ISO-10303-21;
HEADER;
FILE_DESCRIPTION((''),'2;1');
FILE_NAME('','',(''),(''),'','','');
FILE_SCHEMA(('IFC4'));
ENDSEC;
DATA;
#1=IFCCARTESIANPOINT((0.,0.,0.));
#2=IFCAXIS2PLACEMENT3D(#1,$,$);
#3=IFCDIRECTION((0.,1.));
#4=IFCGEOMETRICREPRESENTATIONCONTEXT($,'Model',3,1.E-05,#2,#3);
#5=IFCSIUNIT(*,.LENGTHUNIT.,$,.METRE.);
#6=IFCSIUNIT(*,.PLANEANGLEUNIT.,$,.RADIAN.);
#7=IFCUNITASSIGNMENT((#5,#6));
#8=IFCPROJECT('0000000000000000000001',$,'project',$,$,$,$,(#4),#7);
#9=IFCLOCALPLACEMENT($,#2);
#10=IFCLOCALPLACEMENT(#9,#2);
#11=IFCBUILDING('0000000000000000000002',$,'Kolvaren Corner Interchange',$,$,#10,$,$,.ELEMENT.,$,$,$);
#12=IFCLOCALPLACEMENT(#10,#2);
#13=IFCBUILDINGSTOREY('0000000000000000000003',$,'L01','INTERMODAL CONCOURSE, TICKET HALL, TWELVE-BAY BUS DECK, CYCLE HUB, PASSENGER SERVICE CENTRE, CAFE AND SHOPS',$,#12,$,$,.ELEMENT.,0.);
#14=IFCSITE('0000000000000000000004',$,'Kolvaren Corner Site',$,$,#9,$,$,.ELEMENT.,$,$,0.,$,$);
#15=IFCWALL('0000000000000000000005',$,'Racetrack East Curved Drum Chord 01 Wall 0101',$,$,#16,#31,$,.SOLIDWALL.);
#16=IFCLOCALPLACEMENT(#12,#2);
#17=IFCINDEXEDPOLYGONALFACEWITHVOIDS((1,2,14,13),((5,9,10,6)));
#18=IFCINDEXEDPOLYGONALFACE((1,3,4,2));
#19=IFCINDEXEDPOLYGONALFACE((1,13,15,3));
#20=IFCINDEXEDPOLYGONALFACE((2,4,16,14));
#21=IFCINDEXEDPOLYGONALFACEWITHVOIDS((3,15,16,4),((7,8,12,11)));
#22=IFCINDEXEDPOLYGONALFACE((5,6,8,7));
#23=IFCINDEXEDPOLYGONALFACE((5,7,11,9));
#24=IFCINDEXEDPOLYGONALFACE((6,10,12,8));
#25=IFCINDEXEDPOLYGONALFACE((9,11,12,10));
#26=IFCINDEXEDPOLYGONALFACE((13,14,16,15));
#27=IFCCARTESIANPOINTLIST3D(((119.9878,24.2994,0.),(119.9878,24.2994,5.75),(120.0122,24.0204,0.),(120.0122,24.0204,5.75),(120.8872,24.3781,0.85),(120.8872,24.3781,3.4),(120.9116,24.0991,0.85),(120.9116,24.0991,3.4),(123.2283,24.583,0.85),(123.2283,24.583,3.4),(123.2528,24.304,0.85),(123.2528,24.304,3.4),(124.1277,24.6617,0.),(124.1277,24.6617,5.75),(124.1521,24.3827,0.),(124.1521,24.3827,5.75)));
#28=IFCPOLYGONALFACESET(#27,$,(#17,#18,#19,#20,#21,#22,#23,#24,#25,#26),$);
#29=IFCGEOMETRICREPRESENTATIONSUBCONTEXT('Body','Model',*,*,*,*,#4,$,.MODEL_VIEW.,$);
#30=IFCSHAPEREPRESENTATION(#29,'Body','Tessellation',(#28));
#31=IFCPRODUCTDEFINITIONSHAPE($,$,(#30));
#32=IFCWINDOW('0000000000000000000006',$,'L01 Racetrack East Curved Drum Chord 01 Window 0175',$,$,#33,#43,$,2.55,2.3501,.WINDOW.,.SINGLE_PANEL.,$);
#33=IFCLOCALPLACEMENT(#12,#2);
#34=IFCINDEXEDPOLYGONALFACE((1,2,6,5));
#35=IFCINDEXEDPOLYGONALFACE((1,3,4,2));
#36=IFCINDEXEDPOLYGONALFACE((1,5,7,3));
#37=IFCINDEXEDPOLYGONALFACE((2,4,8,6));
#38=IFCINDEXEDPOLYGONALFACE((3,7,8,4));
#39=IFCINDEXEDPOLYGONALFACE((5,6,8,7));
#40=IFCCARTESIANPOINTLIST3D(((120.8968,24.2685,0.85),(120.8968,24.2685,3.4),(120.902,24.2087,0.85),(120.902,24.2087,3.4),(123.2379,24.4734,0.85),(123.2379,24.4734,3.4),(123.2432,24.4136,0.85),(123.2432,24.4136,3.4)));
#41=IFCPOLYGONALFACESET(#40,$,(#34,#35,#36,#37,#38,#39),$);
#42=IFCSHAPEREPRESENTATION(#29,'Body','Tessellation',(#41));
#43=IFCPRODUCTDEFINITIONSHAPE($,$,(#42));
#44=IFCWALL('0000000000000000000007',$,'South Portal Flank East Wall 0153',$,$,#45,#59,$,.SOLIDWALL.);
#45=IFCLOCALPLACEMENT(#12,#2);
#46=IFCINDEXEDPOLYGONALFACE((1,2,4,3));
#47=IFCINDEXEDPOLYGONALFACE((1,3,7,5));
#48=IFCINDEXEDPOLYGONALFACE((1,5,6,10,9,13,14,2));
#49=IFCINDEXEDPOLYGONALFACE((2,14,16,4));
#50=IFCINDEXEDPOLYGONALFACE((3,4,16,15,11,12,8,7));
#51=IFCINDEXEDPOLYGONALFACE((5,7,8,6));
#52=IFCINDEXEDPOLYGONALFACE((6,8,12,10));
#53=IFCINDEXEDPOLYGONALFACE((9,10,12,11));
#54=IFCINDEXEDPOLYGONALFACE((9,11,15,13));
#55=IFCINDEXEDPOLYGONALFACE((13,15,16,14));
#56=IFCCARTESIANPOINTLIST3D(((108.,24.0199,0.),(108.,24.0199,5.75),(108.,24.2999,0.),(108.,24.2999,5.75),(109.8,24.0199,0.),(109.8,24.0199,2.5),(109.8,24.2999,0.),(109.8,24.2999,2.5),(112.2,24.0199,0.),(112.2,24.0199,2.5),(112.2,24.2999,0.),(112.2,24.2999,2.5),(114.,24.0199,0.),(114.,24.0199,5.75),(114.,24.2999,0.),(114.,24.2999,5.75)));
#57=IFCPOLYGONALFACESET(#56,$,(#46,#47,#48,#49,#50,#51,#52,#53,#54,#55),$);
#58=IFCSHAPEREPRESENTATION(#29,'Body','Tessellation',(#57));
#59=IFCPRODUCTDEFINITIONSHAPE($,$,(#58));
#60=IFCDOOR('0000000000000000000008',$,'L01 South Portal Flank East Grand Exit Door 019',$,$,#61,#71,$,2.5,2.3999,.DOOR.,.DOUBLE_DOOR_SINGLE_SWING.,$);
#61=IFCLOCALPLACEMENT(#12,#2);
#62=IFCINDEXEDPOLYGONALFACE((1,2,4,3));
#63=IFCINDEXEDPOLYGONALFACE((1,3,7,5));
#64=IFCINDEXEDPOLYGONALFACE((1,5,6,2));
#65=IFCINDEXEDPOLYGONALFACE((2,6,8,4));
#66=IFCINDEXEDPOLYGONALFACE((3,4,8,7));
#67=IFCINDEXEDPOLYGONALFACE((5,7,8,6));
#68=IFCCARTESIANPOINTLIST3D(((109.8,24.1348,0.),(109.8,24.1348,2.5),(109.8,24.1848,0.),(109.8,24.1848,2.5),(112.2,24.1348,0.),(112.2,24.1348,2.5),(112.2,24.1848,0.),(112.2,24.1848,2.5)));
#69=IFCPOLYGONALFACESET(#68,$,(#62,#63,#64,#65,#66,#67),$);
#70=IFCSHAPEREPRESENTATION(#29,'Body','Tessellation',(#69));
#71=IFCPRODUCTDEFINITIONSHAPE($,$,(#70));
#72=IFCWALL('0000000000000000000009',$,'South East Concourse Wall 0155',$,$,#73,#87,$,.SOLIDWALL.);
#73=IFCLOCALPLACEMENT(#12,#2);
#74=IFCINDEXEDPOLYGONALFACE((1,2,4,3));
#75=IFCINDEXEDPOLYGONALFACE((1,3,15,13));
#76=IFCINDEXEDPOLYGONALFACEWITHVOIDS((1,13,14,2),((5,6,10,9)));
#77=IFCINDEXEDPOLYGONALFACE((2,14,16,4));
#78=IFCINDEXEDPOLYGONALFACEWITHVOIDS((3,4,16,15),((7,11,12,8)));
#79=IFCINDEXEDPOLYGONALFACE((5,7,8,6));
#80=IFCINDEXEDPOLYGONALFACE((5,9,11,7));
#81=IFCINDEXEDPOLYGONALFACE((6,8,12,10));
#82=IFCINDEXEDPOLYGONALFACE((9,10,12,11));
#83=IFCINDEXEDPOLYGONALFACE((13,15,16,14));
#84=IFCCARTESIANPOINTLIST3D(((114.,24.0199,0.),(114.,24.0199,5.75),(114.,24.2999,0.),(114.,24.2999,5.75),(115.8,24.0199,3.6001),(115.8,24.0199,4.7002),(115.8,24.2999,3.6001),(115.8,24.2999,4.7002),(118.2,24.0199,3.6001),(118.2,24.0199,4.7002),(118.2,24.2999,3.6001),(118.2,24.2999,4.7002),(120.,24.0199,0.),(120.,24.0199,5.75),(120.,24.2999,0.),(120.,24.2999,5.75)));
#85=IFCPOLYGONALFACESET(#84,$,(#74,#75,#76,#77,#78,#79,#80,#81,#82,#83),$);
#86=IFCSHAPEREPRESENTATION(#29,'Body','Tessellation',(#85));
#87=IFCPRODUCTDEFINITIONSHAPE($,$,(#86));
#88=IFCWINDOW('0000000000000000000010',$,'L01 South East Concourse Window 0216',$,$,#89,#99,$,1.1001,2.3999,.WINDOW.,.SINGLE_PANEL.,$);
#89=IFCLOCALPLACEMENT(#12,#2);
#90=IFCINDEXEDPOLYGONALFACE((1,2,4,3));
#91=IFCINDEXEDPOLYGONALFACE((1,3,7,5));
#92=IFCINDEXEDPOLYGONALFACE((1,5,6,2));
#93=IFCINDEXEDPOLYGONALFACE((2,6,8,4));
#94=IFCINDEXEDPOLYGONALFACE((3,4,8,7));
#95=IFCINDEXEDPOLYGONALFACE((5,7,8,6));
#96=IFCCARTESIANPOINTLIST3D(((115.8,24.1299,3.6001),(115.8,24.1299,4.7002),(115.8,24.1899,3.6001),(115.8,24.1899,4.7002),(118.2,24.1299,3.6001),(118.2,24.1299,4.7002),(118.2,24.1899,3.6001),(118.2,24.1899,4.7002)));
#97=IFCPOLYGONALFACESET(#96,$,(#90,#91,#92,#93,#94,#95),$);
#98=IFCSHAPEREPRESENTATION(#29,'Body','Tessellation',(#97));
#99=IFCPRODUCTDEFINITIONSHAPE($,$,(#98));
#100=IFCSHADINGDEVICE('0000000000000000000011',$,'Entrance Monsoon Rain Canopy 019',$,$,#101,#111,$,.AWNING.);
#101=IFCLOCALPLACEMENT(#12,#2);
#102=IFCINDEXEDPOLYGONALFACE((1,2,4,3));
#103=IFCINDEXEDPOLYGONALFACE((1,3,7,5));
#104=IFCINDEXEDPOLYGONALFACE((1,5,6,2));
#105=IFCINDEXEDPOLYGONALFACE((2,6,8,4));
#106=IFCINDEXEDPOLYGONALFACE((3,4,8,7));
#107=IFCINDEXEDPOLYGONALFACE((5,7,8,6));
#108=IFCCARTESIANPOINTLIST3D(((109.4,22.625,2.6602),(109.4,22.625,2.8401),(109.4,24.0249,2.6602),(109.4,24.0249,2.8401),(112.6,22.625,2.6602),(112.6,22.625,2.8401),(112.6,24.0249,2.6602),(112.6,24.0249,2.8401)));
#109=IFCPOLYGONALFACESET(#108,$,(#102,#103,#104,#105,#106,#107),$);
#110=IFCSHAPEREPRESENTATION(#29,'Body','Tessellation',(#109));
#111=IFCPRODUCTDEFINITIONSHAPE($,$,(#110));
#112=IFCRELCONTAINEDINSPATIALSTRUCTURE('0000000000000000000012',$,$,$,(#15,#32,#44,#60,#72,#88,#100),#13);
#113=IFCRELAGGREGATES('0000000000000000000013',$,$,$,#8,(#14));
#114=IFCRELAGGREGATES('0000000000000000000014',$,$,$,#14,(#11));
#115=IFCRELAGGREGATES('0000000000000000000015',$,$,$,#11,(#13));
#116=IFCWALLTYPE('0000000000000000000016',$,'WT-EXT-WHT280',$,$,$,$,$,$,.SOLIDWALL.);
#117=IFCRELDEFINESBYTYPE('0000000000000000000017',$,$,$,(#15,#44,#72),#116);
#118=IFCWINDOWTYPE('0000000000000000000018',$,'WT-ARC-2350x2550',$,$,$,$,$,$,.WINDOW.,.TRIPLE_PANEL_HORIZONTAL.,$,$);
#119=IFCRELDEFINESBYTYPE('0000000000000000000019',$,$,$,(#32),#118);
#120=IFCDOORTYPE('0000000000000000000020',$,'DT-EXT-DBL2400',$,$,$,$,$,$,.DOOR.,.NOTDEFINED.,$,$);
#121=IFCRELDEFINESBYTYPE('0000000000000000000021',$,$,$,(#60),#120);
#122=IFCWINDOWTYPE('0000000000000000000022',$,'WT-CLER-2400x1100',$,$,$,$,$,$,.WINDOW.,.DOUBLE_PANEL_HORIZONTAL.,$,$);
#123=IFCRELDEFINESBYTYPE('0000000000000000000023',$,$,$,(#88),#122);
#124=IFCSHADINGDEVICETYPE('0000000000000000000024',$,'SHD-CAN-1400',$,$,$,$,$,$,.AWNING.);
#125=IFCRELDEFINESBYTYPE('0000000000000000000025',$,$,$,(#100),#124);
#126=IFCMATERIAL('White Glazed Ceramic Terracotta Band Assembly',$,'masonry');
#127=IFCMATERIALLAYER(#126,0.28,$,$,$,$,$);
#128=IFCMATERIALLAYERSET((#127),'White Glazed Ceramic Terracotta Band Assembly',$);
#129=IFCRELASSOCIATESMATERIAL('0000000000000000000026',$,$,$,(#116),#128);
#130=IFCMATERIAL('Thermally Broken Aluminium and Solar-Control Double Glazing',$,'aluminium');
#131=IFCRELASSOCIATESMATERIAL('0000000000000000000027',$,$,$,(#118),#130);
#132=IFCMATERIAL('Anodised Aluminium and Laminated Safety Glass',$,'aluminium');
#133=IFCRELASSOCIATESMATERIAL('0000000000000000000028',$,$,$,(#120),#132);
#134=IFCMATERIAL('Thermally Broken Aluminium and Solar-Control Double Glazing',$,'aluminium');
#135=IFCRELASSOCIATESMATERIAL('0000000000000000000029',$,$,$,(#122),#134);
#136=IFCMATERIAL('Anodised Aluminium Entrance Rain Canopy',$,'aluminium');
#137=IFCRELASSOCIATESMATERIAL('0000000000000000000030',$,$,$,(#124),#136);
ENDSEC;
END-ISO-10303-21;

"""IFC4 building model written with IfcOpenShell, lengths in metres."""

from ifc_helpers import new_model, si_unit, direction, frame, frame_2d, origin, origin_2d, place, context, subcontext, project, spatial, rectangle, extrude, material, layer, layer_set, type_object, element, fill, save


model = new_model("IFC4")

# Units and contexts
model_context = context("Model", 3, precision=1e-05, world=origin(), true_north=direction((0.0, 1.0)))
body_context = subcontext(model_context, "Body", "Model", "MODEL_VIEW")
ifc_project = project(units=[si_unit("LENGTHUNIT", "METRE"), si_unit("PLANEANGLEUNIT", "RADIAN")], contexts=[model_context])

# Site, building, storey
site_placement = place(None, origin())
site = spatial("IfcSite", under=ifc_project, at=site_placement, Name="Kolvaren Corner Site", CompositionType="ELEMENT", RefElevation=0.0)
building_placement = place(site_placement, origin())
building = spatial("IfcBuilding", under=site, at=building_placement, Name="Kolvaren Corner Interchange", CompositionType="ELEMENT")
storey_placement = place(building_placement, origin())
storey = spatial("IfcBuildingStorey", under=building, at=storey_placement, Name="L01", Description="INTERMODAL CONCOURSE, TICKET HALL, TWELVE-BAY BUS DECK, CYCLE HUB, PASSENGER SERVICE CENTRE, CAFE AND SHOPS", CompositionType="ELEMENT", Elevation=0.0)

# Wall, opening, window
ifc_material_1 = material(Name="White Glazed Ceramic Terracotta Band Assembly", Category="masonry")
ifc_layer_1 = layer(ifc_material_1, 0.28)
ifc_layer_set_1 = layer_set([ifc_layer_1], Name="White Glazed Ceramic Terracotta Band Assembly")
wall_type = type_object("IfcWallType", Name="WT-EXT-WHT280", PredefinedType="SOLIDWALL", material=ifc_layer_set_1)
wall_1_placement = place(storey_placement, frame((120.0, 24.1599, 0.0), z_axis=(0.0, 0.0, 1.0), x_axis=(0.996192, 0.087182, 0.0)))
wall_1 = element("IfcWall", 1, at=wall_1_placement, inside=storey, type_object=wall_type, Name="Racetrack East Curved Drum Chord 01 Wall 0101", PredefinedType="SOLIDWALL", context=body_context, shape_type="SweptSolid", body=[
    extrude(rectangle(XDim=4.1558, YDim=0.28, at=frame_2d((2.0779, 0.0))), origin(), (0.0, 0.0, 1.0), 5.75),
])
opening_1_placement = place(wall_1_placement, frame((0.9028, 0.0, 0.8501)))
opening_1 = element("IfcOpeningElement", 2, at=opening_1_placement, cuts=wall_1, PredefinedType="OPENING", context=body_context, shape_type="SweptSolid", body=[
    extrude(rectangle(XDim=2.3501, YDim=2.55, at=frame_2d((1.175, 1.2749))), frame((0.0, 0.1499, 0.0), z_axis=(0.0, -1.0, 0.0), x_axis=(1.0, 0.0, 0.0)), (0.0, 0.0, 1.0), 0.3),
])
ifc_material_2 = material(Name="Thermally Broken Aluminium and Solar-Control Double Glazing", Category="aluminium")
window_type_1 = type_object("IfcWindowType", Name="WT-ARC-2350x2550", PartitioningType="TRIPLE_PANEL_HORIZONTAL", PredefinedType="WINDOW", material=ifc_material_2)
window_1_placement = place(opening_1_placement, origin())
window_1 = element("IfcWindow", 3, at=window_1_placement, inside=storey, type_object=window_type_1, Name="L01 Racetrack East Curved Drum Chord 01 Window 0175", OverallHeight=2.55, OverallWidth=2.3501, PartitioningType="SINGLE_PANEL", PredefinedType="WINDOW", context=body_context, shape_type="SweptSolid", body=[
    extrude(rectangle(XDim=2.3501, YDim=2.55, at=frame_2d((1.175, 1.2749))), frame((0.0, 0.03, 0.0), z_axis=(0.0, -1.0, 0.0), x_axis=(1.0, 0.0, 0.0)), (0.0, 0.0, 1.0), 0.0601),
])
fill(opening_1, window_1)

# Wall, opening, door
wall_2_placement = place(storey_placement, frame((108.0, 24.1599, 0.0), z_axis=(0.0, 0.0, 1.0), x_axis=(1.0, 0.0, 0.0)))
wall_2 = element("IfcWall", 4, at=wall_2_placement, inside=storey, type_object=wall_type, Name="South Portal Flank East Wall 0153", PredefinedType="SOLIDWALL", context=body_context, shape_type="SweptSolid", body=[
    extrude(rectangle(XDim=6.0, YDim=0.28, at=frame_2d((3.0, 0.0))), origin(), (0.0, 0.0, 1.0), 5.75),
])
opening_2_placement = place(wall_2_placement, frame((1.8, 0.0, 0.0)))
opening_2 = element("IfcOpeningElement", 5, at=opening_2_placement, cuts=wall_2, PredefinedType="OPENING", context=body_context, shape_type="SweptSolid", body=[
    extrude(rectangle(XDim=2.3999, YDim=2.5, at=frame_2d((1.2, 1.25))), frame((0.0, 0.1499, 0.0), z_axis=(0.0, -1.0, 0.0), x_axis=(1.0, 0.0, 0.0)), (0.0, 0.0, 1.0), 0.3),
])
ifc_material_3 = material(Name="Anodised Aluminium and Laminated Safety Glass", Category="aluminium")
door_type = type_object("IfcDoorType", Name="DT-EXT-DBL2400", OperationType="NOTDEFINED", PredefinedType="DOOR", material=ifc_material_3)
door_placement = place(opening_2_placement, origin())
door = element("IfcDoor", 6, at=door_placement, inside=storey, type_object=door_type, Name="L01 South Portal Flank East Grand Exit Door 019", OperationType="DOUBLE_DOOR_SINGLE_SWING", OverallHeight=2.5, OverallWidth=2.3999, PredefinedType="DOOR", context=body_context, shape_type="SweptSolid", body=[
    extrude(rectangle(XDim=2.3999, YDim=2.5, at=frame_2d((1.2, 1.25))), frame((0.0, 0.0249, 0.0), z_axis=(0.0, -1.0, 0.0), x_axis=(1.0, 0.0, 0.0)), (0.0, 0.0, 1.0), 0.05),
])
fill(opening_2, door)

# Wall, opening, window
wall_3_placement = place(storey_placement, frame((114.0, 24.1599, 0.0), z_axis=(0.0, 0.0, 1.0), x_axis=(1.0, 0.0, 0.0)))
wall_3 = element("IfcWall", 7, at=wall_3_placement, inside=storey, type_object=wall_type, Name="South East Concourse Wall 0155", PredefinedType="SOLIDWALL", context=body_context, shape_type="SweptSolid", body=[
    extrude(rectangle(XDim=6.0, YDim=0.28, at=frame_2d((3.0, 0.0))), origin(), (0.0, 0.0, 1.0), 5.75),
])
opening_3_placement = place(wall_3_placement, frame((1.8, 0.0, 3.6001)))
opening_3 = element("IfcOpeningElement", 8, at=opening_3_placement, cuts=wall_3, PredefinedType="OPENING", context=body_context, shape_type="SweptSolid", body=[
    extrude(rectangle(XDim=2.3999, YDim=1.1001, at=frame_2d((1.2, 0.55))), frame((0.0, 0.1499, 0.0), z_axis=(0.0, -1.0, 0.0), x_axis=(1.0, 0.0, 0.0)), (0.0, 0.0, 1.0), 0.3),
])
ifc_material_4 = material(Name="Thermally Broken Aluminium and Solar-Control Double Glazing", Category="aluminium")
window_type_2 = type_object("IfcWindowType", Name="WT-CLER-2400x1100", PartitioningType="DOUBLE_PANEL_HORIZONTAL", PredefinedType="WINDOW", material=ifc_material_4)
window_2_placement = place(opening_3_placement, origin())
window_2 = element("IfcWindow", 9, at=window_2_placement, inside=storey, type_object=window_type_2, Name="L01 South East Concourse Window 0216", OverallHeight=1.1001, OverallWidth=2.3999, PartitioningType="SINGLE_PANEL", PredefinedType="WINDOW", context=body_context, shape_type="SweptSolid", body=[
    extrude(rectangle(XDim=2.3999, YDim=1.1001, at=frame_2d((1.2, 0.55))), frame((0.0, 0.03, 0.0), z_axis=(0.0, -1.0, 0.0), x_axis=(1.0, 0.0, 0.0)), (0.0, 0.0, 1.0), 0.0601),
])
fill(opening_3, window_2)

# Shading device
ifc_material_5 = material(Name="Anodised Aluminium Entrance Rain Canopy", Category="aluminium")
shading_device_type = type_object("IfcShadingDeviceType", Name="SHD-CAN-1400", PredefinedType="AWNING", material=ifc_material_5)
shading_device_placement = place(storey_placement, frame((111.0, 23.325, 2.6602), z_axis=(0.0, 0.0, 1.0), x_axis=(1.0, 0.0, 0.0)))
element("IfcShadingDevice", 10, at=shading_device_placement, inside=storey, type_object=shading_device_type, Name="Entrance Monsoon Rain Canopy 019", PredefinedType="AWNING", context=body_context, shape_type="SweptSolid", body=[
    extrude(rectangle(XDim=3.2, YDim=1.3999, at=origin_2d()), origin(), (0.0, 0.0, 1.0), 0.1799),
])

save(model, "model.ifc")
